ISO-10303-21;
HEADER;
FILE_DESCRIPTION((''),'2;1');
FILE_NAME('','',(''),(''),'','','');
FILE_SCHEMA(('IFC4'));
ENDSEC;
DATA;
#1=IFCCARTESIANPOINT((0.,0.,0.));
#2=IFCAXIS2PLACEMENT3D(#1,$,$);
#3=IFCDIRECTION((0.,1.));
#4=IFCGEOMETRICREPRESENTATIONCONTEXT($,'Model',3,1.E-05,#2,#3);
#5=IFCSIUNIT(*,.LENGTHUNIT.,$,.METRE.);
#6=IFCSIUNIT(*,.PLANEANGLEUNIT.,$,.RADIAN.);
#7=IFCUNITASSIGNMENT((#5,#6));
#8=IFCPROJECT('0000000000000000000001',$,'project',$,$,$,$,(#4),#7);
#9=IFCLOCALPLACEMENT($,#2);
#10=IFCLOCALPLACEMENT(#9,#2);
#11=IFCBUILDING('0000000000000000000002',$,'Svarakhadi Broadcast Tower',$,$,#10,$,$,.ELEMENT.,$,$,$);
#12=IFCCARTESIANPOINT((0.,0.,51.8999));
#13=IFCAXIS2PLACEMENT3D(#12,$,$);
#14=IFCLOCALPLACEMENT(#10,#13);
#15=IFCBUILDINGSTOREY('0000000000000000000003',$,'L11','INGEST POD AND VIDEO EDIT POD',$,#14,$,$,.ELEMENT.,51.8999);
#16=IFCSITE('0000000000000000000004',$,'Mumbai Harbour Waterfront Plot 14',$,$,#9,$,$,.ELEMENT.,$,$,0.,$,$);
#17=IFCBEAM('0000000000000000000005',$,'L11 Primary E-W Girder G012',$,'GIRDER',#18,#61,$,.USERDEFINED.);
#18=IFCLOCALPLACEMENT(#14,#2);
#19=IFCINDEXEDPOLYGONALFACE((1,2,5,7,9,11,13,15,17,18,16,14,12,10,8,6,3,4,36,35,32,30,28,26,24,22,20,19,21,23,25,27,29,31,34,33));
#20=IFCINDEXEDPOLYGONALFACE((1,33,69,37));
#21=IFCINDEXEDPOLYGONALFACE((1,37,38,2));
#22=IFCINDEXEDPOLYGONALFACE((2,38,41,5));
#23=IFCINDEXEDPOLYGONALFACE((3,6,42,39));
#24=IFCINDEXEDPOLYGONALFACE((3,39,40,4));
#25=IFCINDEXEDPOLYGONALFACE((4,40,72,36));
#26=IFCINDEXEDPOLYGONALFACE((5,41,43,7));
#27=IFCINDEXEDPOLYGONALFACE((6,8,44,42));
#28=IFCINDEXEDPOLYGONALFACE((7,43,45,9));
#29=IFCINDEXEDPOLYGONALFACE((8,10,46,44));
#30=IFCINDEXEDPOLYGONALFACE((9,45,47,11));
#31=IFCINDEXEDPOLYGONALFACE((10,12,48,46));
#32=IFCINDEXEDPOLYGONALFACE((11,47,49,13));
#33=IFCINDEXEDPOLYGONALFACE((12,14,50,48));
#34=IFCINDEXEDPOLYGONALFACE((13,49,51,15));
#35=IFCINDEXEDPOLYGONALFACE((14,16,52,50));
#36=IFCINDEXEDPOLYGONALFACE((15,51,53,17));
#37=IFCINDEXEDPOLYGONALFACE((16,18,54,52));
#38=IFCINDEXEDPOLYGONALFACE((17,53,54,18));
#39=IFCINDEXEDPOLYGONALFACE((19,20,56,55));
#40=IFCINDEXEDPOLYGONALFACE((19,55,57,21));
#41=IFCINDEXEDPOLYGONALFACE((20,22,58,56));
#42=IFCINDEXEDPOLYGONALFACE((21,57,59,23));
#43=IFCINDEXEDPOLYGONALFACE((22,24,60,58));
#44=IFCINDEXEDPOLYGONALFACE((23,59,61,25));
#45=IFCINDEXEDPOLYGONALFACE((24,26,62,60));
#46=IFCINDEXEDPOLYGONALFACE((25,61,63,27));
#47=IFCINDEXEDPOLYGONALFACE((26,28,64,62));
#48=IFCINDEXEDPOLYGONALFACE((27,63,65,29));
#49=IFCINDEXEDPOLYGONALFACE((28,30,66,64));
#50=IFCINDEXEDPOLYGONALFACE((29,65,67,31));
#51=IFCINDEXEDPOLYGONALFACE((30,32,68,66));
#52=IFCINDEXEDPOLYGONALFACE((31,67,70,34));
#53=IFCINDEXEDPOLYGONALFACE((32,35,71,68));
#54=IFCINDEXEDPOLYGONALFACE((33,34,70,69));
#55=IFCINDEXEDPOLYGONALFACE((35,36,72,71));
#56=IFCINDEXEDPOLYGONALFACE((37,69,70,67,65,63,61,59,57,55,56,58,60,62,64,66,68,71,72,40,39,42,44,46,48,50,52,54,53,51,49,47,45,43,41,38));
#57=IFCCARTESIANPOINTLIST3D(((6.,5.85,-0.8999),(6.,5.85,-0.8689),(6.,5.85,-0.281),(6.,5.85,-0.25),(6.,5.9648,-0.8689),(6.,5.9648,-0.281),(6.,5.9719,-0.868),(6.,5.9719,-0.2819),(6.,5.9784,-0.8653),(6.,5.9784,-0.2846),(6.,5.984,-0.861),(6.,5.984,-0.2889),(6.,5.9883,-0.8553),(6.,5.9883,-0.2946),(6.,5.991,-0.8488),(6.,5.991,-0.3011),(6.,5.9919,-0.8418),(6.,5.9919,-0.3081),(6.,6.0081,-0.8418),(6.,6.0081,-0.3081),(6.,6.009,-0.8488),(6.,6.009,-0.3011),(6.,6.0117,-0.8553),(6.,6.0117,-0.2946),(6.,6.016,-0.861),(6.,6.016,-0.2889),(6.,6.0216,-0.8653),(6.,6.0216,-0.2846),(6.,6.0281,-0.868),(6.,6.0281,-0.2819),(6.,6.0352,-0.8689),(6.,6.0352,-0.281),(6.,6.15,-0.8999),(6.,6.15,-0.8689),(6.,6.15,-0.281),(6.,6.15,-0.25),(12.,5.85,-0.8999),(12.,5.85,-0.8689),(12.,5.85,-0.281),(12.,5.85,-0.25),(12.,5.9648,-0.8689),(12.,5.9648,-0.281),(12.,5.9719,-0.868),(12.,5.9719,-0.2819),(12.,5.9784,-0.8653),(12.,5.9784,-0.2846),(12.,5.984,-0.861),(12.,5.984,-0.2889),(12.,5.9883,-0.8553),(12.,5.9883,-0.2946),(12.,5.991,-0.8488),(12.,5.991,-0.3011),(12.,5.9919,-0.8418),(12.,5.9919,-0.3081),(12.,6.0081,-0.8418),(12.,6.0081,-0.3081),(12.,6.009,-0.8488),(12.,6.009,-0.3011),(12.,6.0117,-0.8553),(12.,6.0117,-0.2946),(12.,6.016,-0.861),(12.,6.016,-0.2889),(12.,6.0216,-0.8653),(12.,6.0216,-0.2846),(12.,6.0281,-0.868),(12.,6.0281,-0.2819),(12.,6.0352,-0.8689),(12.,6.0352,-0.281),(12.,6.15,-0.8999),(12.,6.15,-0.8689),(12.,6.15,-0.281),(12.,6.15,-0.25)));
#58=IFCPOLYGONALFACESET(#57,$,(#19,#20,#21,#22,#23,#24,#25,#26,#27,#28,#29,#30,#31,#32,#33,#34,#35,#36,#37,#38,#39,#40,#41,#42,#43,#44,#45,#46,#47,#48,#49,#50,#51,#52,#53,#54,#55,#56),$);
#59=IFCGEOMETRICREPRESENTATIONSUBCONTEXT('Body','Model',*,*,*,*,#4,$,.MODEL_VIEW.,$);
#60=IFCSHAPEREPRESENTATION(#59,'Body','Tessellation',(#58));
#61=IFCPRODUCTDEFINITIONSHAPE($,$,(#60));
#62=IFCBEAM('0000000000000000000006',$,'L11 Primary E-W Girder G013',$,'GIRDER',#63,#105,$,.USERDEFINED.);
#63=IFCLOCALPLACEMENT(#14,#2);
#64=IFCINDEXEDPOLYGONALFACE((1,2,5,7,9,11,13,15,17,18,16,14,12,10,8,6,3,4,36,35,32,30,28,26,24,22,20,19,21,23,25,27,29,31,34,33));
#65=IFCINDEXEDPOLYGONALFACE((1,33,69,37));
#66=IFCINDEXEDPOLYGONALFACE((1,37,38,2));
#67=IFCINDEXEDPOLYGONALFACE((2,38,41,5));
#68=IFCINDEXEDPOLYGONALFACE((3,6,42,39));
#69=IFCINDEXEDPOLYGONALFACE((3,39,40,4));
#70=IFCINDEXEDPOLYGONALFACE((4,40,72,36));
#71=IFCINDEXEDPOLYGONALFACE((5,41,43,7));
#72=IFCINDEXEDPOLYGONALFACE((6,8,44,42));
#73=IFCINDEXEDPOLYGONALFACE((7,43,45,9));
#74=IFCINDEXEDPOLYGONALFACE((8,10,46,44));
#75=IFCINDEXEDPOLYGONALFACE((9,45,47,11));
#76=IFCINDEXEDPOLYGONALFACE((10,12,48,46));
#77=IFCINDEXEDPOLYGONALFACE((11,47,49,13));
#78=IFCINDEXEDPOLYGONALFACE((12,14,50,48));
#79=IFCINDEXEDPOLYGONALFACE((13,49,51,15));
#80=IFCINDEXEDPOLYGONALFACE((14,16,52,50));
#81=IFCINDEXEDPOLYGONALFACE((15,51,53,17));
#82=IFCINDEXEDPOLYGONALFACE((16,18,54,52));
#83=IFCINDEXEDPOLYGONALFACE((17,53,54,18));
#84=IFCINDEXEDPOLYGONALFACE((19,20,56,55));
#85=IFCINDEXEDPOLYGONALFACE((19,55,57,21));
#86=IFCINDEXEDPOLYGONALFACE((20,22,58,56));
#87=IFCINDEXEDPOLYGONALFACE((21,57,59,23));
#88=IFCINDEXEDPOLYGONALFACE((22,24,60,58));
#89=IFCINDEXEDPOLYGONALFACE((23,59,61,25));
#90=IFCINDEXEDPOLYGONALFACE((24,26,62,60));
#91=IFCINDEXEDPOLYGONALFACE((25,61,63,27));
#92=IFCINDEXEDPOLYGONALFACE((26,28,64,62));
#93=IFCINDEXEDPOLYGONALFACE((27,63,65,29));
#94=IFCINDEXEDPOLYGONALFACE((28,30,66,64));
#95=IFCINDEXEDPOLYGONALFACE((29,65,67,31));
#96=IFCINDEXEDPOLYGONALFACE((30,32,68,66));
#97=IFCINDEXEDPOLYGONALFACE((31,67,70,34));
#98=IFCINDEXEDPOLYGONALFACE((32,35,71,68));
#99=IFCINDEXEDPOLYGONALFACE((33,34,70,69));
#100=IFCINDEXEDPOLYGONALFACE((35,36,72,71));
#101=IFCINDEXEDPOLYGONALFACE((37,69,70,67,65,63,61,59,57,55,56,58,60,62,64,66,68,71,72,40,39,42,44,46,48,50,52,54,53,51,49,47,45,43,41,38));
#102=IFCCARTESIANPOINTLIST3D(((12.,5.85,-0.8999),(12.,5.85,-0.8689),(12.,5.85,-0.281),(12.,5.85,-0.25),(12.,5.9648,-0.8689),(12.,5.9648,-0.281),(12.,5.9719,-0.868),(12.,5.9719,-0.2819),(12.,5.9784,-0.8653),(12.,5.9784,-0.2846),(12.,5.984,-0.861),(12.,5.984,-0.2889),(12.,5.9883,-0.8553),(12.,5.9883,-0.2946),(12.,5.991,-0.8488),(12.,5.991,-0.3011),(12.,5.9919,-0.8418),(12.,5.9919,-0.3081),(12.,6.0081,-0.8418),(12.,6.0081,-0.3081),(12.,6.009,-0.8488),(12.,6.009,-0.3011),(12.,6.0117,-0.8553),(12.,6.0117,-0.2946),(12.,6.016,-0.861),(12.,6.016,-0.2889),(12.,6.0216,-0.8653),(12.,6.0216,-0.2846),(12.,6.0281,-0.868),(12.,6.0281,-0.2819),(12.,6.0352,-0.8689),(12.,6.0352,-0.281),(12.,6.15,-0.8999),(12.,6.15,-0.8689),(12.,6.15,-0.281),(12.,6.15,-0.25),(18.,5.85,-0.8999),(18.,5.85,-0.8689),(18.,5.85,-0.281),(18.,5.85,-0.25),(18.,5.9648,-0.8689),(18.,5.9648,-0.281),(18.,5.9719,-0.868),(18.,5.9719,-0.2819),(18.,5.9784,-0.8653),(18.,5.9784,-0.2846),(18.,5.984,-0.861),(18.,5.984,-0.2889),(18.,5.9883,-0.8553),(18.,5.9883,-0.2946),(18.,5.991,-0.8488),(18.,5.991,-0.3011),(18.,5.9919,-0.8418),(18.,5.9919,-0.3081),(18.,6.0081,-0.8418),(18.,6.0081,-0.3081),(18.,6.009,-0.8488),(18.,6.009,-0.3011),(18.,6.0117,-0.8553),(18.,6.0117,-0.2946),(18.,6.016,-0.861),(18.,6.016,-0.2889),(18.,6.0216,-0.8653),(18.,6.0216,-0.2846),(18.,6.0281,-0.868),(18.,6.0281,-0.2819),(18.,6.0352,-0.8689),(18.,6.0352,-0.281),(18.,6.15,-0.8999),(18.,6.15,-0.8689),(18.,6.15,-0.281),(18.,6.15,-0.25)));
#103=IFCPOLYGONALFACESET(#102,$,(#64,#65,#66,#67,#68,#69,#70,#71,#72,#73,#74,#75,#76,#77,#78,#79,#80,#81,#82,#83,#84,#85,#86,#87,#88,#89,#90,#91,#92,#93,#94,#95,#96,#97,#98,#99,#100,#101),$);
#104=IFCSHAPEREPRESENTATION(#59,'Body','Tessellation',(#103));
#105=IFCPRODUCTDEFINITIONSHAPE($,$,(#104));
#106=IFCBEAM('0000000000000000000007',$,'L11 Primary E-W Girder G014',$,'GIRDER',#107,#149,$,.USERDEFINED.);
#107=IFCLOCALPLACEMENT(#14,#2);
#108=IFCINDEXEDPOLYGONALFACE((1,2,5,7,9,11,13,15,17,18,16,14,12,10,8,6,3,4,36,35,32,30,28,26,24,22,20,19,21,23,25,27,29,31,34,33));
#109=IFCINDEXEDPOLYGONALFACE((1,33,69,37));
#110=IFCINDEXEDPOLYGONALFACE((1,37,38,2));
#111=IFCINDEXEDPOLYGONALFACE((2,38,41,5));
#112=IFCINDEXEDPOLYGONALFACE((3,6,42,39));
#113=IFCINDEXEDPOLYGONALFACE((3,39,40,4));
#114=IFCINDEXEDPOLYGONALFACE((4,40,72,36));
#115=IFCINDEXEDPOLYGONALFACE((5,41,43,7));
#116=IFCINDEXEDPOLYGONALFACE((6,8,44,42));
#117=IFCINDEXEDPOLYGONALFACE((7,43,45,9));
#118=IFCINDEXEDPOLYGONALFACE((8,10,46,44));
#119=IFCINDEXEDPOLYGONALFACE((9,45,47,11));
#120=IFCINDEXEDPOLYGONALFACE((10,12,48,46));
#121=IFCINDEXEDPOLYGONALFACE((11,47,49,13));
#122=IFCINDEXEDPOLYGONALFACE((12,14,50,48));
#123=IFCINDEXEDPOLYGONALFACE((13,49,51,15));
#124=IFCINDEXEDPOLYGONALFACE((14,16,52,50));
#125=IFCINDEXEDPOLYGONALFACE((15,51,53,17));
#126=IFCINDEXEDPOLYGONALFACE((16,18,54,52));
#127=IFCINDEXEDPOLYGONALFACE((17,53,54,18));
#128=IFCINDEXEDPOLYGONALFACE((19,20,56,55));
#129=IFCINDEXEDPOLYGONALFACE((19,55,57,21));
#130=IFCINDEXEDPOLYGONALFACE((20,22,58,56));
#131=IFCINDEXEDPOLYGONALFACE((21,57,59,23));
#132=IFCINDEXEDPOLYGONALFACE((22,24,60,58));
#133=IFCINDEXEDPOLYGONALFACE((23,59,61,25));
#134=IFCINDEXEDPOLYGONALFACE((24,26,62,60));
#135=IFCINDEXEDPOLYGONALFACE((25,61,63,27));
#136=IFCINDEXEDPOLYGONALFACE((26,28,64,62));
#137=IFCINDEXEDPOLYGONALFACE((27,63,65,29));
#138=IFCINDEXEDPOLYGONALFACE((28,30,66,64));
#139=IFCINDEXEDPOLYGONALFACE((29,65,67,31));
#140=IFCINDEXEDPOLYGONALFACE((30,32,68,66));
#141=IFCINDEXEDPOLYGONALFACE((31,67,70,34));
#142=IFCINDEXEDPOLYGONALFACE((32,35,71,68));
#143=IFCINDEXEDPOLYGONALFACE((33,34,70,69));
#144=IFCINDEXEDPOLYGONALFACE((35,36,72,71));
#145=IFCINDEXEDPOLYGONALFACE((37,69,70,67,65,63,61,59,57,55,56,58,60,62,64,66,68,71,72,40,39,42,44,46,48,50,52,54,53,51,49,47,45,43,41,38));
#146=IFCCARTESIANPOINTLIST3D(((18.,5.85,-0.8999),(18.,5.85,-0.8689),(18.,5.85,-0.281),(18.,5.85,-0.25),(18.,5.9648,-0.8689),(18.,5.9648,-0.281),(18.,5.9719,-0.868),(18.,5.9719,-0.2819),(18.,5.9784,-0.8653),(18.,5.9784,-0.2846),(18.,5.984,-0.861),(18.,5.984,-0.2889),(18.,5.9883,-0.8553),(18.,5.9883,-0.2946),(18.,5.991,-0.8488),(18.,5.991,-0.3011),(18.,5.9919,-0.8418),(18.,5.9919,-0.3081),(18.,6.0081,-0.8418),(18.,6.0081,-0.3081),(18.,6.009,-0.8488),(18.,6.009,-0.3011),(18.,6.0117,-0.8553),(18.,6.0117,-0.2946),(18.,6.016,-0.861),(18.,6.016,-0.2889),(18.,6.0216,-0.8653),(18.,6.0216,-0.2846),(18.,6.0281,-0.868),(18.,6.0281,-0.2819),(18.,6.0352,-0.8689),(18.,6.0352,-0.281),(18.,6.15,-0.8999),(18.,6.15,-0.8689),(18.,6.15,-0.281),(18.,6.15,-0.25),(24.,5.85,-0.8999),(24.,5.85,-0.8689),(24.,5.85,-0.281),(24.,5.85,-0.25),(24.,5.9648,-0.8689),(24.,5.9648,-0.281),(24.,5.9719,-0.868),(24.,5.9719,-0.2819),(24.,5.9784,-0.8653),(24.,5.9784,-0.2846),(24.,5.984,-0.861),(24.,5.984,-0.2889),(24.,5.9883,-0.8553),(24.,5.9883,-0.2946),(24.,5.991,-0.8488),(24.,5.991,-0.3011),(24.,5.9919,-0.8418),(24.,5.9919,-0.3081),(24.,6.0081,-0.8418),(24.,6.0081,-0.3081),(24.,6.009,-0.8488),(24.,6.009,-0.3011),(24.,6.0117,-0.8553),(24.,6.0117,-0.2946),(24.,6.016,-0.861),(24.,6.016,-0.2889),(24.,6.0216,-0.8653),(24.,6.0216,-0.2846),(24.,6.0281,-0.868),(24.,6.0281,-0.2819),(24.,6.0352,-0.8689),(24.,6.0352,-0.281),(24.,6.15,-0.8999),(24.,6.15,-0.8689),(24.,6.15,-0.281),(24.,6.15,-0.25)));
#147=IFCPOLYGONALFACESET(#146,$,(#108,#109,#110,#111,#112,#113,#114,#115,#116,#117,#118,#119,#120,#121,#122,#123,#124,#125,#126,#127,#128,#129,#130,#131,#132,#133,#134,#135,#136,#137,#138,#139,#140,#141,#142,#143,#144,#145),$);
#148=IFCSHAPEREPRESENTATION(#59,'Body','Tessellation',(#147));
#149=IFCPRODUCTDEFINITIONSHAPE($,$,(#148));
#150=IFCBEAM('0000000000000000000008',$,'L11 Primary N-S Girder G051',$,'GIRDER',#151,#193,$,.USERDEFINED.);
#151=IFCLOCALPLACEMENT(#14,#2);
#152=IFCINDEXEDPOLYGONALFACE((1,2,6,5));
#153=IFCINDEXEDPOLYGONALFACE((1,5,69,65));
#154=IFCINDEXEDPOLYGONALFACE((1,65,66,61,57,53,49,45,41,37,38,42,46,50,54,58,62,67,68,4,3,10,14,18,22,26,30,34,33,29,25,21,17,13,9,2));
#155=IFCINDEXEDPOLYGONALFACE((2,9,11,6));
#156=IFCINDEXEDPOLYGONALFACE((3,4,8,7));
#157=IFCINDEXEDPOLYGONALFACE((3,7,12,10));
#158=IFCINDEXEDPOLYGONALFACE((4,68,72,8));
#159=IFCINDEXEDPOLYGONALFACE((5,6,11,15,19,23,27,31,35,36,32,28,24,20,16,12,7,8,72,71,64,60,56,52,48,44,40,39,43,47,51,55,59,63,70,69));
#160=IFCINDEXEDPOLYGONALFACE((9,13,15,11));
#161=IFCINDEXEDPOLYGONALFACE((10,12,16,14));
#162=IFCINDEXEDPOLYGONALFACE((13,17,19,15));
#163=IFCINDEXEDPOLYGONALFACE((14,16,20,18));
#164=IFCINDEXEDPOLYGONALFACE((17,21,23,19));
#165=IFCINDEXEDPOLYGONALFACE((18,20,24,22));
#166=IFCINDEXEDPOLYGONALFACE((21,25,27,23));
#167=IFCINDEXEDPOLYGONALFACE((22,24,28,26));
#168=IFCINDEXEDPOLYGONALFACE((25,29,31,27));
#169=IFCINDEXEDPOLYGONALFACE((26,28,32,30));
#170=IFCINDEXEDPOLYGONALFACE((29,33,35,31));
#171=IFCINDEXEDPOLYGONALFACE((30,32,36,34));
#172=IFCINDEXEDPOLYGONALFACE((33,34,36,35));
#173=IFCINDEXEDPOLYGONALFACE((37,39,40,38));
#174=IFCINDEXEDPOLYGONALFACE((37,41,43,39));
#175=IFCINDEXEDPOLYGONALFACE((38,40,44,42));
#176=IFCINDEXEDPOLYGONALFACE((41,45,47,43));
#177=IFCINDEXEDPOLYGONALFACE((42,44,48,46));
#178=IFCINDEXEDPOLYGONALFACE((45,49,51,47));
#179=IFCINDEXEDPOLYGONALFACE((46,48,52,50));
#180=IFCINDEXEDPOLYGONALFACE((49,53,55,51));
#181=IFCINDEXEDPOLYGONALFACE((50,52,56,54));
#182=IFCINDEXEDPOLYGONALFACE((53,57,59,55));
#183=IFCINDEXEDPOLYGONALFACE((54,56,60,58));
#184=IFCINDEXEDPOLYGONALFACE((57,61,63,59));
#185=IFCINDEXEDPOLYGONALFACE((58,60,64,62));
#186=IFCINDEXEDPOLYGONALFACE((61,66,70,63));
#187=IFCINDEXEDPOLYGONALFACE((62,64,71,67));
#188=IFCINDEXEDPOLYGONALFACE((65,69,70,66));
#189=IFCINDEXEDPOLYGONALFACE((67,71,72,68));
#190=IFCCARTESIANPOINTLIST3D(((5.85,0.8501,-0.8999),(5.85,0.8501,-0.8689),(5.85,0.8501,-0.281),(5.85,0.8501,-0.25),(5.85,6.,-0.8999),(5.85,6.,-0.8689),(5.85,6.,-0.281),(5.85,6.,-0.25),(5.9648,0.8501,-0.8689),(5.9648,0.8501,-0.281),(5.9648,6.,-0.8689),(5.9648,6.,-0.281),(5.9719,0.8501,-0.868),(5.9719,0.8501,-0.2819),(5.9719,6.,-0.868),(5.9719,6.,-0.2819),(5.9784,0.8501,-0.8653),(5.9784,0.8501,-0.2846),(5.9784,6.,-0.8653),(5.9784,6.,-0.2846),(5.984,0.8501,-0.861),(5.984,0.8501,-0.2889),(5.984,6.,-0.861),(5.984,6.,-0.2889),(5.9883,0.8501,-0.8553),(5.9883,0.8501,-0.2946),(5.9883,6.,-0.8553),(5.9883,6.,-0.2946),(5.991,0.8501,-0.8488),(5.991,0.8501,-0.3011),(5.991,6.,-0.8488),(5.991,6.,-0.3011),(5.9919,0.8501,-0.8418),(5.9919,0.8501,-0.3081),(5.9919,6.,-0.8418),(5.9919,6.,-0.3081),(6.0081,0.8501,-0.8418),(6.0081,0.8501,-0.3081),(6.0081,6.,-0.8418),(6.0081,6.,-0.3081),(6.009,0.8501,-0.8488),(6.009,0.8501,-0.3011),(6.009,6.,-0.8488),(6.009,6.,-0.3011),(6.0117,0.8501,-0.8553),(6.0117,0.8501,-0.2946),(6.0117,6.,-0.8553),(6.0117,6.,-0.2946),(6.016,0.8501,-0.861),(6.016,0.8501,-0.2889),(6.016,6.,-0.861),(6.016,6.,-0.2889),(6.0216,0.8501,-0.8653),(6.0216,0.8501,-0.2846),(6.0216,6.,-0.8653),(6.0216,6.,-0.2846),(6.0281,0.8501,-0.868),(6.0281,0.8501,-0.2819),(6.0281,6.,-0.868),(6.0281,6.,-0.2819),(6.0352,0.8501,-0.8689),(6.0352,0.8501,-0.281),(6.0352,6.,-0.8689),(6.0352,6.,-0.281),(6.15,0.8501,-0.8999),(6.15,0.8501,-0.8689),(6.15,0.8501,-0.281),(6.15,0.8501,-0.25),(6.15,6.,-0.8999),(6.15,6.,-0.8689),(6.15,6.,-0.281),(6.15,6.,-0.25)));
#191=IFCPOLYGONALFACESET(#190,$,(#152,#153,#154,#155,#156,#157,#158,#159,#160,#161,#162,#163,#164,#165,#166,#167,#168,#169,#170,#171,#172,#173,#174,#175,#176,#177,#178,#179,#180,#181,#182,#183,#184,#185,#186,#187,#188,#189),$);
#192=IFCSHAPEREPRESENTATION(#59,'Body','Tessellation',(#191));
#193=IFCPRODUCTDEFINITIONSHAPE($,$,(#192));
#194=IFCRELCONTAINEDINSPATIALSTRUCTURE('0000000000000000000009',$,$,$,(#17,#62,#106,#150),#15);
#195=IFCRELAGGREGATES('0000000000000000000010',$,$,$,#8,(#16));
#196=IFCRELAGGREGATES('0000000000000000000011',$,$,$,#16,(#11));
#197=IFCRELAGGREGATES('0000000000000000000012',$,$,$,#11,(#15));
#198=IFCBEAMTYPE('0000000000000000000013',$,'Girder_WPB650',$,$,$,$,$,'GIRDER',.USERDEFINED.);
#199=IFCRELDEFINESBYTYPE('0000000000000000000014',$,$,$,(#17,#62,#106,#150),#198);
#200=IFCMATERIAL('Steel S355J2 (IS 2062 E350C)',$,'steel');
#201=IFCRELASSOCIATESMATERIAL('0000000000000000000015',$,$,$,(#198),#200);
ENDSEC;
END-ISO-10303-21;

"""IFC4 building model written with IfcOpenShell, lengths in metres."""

from ifc_helpers import new_model, si_unit, direction, frame, origin, origin_2d, place, context, subcontext, project, spatial, i_section, extrude, material, material_profile, profile_set, type_object, element, save


model = new_model("IFC4")

# Units and contexts
model_context = context("Model", 3, precision=1e-05, world=origin(), true_north=direction((0.0, 1.0)))
body_context = subcontext(model_context, "Body", "Model", "MODEL_VIEW")
ifc_project = project(units=[si_unit("LENGTHUNIT", "METRE"), si_unit("PLANEANGLEUNIT", "RADIAN")], contexts=[model_context])

# Site, building, storey
site_placement = place(None, origin())
site = spatial("IfcSite", under=ifc_project, at=site_placement, Name="Mumbai Harbour Waterfront Plot 14", CompositionType="ELEMENT", RefElevation=0.0)
building_placement = place(site_placement, origin())
building = spatial("IfcBuilding", under=site, at=building_placement, Name="Svarakhadi Broadcast Tower", CompositionType="ELEMENT")
storey_placement = place(building_placement, frame((0.0, 0.0, 51.8999)))
storey = spatial("IfcBuildingStorey", under=building, at=storey_placement, Name="L11", Description="INGEST POD AND VIDEO EDIT POD", CompositionType="ELEMENT", Elevation=51.8999)

# Shared definitions
ifc_material_1 = material(Name="Steel S355J2 (IS 2062 E350C)", Category="steel")

# Beams
ifc_material_profile_1 = material_profile(ifc_material_1, i_section(OverallWidth=0.3, OverallDepth=0.6499, WebThickness=0.0161, FlangeThickness=0.031, FilletRadius=0.0271, at=origin_2d()), Name="WPB 650x300x225")
ifc_profile_set_1 = profile_set([ifc_material_profile_1], Name="Steel S355J2 (IS 2062 E350C)")
beam_type_1 = type_object("IfcBeamType", Name="Girder_WPB650", ElementType="GIRDER", PredefinedType="USERDEFINED", material=ifc_profile_set_1)
for number, where, z_axis, x_axis, name in (
    (1, (6.0, 6.0, -0.575), (1.0, 0.0, 0.0), (0.0, 1.0, 0.0), "L11 Primary E-W Girder G012"),
    (2, (12.0, 6.0, -0.575), (1.0, 0.0, 0.0), (0.0, 1.0, 0.0), "L11 Primary E-W Girder G013"),
    (3, (18.0, 6.0, -0.575), (1.0, 0.0, 0.0), (0.0, 1.0, 0.0), "L11 Primary E-W Girder G014"),
):
    element("IfcBeam", number, at=place(storey_placement, frame(where, z_axis=z_axis, x_axis=x_axis)), inside=storey, type_object=beam_type_1, Name=name, ObjectType="GIRDER", PredefinedType="USERDEFINED", context=body_context, shape_type="SweptSolid", body=[
        extrude(i_section(OverallWidth=0.3, OverallDepth=0.6499, WebThickness=0.0161, FlangeThickness=0.031, FilletRadius=0.0271, at=origin_2d()), origin(), (0.0, 0.0, 1.0), 6.0),
    ])
beam_1_placement = place(storey_placement, frame((6.0, 0.8501, -0.575), z_axis=(0.0, 1.0, 0.0), x_axis=(-1.0, 0.0, 0.0)))
element("IfcBeam", 4, at=beam_1_placement, inside=storey, type_object=beam_type_1, Name="L11 Primary N-S Girder G051", ObjectType="GIRDER", PredefinedType="USERDEFINED", context=body_context, shape_type="SweptSolid", body=[
    extrude(i_section(OverallWidth=0.3, OverallDepth=0.6499, WebThickness=0.0161, FlangeThickness=0.031, FilletRadius=0.0271, at=origin_2d()), origin(), (0.0, 0.0, 1.0), 5.1499),
])

save(model, "model.ifc")
